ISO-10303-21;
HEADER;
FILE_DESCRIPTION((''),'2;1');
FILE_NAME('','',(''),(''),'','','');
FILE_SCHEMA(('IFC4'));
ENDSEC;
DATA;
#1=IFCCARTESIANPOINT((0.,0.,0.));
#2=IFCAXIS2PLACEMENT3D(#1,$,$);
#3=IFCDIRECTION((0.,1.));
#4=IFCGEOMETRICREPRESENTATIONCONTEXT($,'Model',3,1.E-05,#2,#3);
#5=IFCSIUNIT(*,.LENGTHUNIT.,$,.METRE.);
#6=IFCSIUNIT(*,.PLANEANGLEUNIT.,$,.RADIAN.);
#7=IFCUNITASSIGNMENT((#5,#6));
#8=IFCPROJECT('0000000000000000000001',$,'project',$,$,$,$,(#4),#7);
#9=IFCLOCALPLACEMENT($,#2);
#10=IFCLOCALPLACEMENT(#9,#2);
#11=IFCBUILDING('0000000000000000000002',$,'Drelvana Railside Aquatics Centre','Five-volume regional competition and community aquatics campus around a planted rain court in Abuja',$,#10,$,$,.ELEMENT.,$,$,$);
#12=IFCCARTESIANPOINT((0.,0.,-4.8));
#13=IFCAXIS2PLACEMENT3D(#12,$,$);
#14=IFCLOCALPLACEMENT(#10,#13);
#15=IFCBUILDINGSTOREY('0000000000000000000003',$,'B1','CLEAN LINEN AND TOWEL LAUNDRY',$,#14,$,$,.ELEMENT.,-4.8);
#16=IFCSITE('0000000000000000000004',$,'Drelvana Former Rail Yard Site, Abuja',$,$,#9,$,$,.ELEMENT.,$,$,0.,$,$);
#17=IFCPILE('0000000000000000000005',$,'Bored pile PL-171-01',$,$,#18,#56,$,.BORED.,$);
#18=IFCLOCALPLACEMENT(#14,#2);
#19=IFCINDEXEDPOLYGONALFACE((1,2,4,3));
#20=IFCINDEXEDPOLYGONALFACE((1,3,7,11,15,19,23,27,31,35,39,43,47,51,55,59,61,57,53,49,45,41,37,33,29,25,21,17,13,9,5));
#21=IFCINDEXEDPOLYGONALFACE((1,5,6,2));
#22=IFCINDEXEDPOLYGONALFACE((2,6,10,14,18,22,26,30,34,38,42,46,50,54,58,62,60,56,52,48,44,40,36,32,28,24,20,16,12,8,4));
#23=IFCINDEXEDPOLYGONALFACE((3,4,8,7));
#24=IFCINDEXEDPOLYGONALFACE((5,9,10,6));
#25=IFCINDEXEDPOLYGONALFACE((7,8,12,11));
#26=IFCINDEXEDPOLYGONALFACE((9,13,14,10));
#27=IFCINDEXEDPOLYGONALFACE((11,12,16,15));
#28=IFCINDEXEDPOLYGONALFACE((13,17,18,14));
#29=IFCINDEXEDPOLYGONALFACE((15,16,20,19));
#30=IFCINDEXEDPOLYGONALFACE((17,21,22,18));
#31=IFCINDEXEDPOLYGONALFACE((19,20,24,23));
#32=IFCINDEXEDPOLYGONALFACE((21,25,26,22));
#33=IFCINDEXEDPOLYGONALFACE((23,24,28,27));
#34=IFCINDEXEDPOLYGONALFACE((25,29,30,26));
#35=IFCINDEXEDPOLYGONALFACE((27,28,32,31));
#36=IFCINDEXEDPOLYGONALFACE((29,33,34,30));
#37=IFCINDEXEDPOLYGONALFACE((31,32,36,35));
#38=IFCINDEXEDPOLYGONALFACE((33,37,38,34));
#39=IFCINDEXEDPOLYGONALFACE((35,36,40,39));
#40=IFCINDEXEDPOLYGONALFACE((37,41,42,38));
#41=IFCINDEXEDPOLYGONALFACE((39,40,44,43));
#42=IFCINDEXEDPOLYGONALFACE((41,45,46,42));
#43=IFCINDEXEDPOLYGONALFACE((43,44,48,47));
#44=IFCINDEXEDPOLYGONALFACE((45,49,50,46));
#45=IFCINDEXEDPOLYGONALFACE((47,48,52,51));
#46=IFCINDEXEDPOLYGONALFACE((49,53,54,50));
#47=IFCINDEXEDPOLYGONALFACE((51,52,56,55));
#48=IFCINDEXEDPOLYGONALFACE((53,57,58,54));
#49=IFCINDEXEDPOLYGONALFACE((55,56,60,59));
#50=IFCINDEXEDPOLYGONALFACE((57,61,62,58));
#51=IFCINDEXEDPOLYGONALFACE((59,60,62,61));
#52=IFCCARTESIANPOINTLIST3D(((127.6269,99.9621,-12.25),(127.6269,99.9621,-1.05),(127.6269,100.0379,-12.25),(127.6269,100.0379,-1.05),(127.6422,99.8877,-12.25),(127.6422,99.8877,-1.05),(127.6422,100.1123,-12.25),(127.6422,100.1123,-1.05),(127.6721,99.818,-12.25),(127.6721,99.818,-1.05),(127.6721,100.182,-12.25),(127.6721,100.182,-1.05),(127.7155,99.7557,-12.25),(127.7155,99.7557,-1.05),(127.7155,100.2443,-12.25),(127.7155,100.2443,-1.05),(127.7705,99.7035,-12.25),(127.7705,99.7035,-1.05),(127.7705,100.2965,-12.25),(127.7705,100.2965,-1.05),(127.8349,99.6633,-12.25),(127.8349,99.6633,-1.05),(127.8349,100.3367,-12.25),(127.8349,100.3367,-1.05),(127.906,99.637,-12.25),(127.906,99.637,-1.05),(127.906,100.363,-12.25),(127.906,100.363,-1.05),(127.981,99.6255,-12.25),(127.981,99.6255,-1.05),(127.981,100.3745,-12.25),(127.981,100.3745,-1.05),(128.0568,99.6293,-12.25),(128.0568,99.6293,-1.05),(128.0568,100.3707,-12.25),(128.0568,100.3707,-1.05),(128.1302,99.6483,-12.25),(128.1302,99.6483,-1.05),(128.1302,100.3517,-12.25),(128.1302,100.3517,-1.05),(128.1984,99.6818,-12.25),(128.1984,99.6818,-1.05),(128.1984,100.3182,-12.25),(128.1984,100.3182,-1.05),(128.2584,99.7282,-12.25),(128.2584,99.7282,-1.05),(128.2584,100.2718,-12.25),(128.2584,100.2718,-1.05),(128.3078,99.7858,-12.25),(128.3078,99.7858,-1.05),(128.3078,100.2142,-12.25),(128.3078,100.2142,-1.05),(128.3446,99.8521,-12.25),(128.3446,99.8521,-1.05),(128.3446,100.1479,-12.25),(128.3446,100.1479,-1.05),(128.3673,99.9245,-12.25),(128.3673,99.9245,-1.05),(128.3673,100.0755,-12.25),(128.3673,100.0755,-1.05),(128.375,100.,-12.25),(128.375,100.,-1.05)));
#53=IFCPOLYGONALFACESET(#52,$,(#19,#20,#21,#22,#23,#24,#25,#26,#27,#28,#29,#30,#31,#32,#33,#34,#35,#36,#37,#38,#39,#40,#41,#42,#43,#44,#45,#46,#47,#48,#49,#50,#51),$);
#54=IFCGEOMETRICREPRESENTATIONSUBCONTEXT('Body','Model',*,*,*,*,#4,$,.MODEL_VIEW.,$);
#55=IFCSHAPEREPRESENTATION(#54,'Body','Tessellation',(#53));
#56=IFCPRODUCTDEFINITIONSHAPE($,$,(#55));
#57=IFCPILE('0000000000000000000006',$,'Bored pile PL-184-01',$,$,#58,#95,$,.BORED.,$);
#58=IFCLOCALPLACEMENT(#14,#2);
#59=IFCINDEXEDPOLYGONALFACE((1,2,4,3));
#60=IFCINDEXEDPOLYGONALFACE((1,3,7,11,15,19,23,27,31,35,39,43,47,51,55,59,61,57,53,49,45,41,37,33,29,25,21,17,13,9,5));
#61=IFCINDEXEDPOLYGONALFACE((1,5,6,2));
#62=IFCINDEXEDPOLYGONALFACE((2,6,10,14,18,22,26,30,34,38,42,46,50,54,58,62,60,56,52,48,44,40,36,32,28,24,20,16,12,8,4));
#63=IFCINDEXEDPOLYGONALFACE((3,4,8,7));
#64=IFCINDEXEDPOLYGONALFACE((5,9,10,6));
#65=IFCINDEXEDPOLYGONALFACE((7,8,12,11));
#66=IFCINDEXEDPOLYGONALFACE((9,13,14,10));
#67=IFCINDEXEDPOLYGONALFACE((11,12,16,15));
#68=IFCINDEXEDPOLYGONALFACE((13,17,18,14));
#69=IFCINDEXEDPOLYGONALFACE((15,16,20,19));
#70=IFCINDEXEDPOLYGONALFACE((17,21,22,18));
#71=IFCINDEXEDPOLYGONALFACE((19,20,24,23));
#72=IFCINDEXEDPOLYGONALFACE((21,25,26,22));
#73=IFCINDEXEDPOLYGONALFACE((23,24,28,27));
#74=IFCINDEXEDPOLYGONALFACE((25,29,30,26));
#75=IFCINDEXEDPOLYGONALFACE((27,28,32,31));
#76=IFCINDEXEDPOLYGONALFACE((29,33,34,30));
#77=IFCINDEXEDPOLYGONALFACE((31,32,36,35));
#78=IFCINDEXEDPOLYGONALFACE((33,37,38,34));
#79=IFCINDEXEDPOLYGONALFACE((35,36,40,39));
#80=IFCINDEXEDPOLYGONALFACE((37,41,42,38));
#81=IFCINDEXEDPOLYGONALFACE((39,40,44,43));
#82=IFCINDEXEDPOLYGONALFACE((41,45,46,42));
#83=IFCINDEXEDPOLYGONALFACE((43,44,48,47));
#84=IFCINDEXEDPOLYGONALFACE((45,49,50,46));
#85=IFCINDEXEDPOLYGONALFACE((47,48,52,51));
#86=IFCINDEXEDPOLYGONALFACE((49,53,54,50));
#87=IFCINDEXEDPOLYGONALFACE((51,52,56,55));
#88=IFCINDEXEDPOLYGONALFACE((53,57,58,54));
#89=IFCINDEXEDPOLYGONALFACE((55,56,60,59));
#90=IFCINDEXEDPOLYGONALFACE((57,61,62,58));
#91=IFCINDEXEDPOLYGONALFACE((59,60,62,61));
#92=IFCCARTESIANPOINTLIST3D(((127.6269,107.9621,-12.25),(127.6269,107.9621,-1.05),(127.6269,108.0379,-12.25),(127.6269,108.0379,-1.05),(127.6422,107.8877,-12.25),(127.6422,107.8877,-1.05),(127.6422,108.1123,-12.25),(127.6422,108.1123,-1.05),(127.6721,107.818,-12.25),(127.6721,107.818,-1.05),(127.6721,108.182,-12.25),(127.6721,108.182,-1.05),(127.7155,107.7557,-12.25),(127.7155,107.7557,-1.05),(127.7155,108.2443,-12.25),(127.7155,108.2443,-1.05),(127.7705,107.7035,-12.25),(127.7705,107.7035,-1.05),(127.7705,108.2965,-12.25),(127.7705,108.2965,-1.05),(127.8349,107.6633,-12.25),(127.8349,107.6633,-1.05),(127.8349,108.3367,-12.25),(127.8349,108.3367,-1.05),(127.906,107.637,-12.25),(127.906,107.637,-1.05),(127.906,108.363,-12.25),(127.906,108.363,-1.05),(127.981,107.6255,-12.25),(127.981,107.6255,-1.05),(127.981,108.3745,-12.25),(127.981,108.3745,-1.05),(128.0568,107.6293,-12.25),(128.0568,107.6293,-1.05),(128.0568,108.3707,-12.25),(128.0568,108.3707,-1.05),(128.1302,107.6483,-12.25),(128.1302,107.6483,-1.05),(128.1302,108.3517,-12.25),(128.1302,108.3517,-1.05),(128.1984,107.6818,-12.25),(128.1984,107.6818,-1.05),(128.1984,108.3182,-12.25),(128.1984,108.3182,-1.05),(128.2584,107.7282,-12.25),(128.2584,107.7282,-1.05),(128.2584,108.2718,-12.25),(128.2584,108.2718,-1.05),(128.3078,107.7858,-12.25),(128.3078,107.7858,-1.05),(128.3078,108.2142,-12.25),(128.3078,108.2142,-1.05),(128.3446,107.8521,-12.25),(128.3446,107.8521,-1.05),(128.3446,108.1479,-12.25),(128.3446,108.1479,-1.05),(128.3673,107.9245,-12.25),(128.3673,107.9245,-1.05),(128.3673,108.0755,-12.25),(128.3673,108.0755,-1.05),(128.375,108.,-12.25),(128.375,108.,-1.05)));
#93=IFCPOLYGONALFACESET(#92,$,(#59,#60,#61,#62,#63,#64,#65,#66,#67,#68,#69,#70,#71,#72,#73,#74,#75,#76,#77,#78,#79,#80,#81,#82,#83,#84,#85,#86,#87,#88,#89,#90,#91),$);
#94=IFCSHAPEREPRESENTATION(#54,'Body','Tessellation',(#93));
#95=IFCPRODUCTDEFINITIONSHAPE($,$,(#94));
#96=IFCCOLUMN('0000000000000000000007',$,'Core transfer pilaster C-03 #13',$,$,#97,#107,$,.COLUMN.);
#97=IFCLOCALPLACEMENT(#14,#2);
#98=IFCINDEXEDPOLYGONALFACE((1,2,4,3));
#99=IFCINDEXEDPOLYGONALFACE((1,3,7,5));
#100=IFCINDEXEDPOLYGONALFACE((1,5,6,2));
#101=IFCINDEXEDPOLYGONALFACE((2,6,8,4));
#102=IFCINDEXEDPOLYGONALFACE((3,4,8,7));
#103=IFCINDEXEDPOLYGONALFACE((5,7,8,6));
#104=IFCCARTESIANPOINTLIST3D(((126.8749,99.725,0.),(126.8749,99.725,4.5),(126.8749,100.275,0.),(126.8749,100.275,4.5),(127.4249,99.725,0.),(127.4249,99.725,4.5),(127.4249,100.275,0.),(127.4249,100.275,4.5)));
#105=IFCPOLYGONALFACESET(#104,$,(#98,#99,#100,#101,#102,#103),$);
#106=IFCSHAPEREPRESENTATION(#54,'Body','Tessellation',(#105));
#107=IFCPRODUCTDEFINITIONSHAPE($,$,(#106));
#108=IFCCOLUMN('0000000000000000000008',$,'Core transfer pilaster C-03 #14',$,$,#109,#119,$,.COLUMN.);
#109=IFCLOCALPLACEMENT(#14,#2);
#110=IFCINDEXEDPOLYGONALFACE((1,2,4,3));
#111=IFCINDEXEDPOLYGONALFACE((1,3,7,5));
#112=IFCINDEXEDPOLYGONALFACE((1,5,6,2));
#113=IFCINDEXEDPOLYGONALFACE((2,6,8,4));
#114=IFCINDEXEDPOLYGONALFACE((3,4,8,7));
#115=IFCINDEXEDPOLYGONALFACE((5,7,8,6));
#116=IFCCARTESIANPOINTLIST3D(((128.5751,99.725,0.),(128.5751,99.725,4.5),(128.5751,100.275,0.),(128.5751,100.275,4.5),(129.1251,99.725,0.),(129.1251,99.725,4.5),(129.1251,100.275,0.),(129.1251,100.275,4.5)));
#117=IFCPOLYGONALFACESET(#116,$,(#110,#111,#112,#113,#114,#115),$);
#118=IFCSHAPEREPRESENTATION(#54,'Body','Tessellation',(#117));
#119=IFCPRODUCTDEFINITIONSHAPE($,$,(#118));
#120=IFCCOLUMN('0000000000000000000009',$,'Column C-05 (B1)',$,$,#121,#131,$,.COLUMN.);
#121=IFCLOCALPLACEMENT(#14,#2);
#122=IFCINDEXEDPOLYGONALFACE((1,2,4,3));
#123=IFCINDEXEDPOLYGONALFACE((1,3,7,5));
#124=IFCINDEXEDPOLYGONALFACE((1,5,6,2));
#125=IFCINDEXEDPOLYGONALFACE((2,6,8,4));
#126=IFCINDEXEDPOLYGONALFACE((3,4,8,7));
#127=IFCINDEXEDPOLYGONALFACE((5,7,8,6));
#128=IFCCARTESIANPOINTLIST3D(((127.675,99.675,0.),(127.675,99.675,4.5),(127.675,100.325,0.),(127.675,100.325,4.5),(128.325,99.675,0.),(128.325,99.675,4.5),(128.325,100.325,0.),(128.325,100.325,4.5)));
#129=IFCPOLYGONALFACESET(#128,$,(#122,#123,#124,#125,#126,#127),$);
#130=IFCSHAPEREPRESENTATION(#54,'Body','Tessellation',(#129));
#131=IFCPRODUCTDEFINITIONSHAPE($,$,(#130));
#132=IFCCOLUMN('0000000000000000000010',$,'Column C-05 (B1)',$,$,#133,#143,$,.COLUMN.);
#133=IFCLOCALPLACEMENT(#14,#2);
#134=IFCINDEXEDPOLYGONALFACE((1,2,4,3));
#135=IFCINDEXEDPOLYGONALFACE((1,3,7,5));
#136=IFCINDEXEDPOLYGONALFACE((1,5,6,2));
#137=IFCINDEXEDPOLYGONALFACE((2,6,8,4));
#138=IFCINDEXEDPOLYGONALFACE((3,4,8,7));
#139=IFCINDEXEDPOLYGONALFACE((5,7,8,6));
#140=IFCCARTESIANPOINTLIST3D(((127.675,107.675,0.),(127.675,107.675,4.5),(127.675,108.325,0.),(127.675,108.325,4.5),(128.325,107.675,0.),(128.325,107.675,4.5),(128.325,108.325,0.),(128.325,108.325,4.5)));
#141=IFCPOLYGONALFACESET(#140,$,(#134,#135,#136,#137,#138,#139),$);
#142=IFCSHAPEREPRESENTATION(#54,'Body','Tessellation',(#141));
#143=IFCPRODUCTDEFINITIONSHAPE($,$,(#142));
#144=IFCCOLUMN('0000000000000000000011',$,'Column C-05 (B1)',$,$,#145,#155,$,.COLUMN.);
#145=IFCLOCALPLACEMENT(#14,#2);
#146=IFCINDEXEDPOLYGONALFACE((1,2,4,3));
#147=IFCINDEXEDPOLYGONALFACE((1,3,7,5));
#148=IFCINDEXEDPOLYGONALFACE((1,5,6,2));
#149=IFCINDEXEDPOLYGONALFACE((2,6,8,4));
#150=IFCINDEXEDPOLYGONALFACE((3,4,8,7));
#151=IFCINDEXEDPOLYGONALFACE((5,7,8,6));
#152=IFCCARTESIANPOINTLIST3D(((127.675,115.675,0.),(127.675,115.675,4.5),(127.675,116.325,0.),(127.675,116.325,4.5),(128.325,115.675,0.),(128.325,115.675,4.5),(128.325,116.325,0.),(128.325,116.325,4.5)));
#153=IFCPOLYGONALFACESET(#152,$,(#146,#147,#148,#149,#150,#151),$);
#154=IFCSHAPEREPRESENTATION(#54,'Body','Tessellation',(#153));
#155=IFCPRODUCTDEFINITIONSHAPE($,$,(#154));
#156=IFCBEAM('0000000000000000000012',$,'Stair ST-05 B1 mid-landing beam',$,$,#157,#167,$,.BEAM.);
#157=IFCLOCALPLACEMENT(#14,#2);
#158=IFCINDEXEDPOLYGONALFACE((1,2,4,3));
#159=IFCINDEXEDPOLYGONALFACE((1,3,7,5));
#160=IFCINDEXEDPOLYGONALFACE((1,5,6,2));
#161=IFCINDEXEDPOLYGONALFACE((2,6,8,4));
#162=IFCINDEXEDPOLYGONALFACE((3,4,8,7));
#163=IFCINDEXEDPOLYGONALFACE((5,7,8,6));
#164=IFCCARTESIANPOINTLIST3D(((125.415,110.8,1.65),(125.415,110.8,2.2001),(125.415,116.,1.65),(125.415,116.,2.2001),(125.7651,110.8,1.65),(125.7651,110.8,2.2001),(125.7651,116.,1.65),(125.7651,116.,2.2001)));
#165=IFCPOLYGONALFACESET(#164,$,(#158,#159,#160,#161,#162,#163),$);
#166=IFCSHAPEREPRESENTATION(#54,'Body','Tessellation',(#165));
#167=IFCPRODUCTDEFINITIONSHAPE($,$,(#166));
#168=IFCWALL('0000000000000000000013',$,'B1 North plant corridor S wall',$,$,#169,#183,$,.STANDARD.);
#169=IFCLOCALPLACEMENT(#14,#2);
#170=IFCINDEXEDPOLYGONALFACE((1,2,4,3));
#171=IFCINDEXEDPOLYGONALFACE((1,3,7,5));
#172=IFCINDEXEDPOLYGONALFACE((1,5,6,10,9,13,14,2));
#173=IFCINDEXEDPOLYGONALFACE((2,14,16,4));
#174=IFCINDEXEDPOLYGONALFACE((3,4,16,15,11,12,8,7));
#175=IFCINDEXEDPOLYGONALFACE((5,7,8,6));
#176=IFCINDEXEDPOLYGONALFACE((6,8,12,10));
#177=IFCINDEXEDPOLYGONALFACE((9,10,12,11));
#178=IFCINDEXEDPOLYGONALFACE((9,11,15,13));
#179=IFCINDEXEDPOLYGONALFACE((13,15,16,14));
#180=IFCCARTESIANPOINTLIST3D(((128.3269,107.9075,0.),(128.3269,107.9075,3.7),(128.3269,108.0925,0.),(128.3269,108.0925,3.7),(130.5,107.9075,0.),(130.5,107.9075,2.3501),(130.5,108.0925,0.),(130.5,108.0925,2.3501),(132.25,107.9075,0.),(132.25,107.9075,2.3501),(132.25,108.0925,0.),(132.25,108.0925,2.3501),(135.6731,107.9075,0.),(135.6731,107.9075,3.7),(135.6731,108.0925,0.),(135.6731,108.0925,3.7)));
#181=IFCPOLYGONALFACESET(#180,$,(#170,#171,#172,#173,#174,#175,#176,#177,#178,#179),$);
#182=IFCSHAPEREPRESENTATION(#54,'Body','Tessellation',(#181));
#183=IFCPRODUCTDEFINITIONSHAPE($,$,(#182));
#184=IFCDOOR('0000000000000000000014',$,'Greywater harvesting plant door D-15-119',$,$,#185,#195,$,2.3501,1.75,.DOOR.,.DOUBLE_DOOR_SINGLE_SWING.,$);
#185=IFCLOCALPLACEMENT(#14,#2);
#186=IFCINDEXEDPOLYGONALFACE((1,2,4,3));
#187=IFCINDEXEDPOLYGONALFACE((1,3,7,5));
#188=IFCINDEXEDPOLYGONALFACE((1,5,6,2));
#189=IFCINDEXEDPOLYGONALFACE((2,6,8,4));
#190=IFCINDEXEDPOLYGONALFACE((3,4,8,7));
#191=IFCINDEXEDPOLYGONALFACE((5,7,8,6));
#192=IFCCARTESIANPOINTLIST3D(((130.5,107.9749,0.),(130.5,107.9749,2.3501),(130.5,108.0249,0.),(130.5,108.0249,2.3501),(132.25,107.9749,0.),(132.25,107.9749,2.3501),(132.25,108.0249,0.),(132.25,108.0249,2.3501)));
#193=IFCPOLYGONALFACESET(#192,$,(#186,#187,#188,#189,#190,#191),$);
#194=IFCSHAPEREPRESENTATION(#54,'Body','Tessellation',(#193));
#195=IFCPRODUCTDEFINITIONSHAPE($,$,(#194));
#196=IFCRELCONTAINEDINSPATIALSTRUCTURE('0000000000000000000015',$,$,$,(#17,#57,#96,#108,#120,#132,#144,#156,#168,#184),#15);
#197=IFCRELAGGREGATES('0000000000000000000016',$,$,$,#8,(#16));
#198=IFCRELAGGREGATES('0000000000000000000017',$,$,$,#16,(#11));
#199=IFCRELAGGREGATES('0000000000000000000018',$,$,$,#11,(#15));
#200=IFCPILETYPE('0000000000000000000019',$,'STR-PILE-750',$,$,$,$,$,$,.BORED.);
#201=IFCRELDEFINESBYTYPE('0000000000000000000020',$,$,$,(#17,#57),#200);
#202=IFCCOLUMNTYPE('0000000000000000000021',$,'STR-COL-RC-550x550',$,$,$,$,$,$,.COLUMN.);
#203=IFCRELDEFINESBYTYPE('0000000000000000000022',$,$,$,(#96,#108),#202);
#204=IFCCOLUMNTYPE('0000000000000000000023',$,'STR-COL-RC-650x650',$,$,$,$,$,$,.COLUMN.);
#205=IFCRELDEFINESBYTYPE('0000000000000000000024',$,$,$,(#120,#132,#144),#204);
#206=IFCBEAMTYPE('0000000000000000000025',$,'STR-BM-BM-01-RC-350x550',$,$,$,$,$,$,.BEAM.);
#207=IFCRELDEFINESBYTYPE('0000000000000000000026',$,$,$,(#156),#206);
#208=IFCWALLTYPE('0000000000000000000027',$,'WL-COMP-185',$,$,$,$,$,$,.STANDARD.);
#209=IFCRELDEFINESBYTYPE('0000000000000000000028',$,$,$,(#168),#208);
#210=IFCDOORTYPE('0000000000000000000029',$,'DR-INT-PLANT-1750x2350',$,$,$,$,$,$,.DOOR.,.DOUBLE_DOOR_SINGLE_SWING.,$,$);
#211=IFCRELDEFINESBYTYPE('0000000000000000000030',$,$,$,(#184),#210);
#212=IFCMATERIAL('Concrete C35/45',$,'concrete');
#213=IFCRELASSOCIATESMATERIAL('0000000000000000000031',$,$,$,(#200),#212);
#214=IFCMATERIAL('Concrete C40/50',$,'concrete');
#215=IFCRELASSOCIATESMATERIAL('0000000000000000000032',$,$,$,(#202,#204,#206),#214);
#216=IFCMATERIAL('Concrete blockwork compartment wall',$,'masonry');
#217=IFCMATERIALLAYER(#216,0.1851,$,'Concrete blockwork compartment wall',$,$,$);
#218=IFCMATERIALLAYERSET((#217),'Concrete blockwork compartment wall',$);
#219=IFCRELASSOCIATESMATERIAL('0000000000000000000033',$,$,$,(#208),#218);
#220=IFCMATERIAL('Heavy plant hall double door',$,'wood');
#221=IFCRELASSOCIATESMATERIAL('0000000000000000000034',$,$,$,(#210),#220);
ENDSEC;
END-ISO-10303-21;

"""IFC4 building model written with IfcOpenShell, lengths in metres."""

from ifc_helpers import new_model, si_unit, direction, frame, frame_2d, origin, origin_2d, place, context, subcontext, project, spatial, rectangle, circle, extrude, material, layer, layer_set, material_profile, profile_set, type_object, element, fill, save


model = new_model("IFC4")

# Units and contexts
model_context = context("Model", 3, precision=1e-05, world=origin(), true_north=direction((0.0, 1.0)))
body_context = subcontext(model_context, "Body", "Model", "MODEL_VIEW")
ifc_project = project(units=[si_unit("LENGTHUNIT", "METRE"), si_unit("PLANEANGLEUNIT", "RADIAN")], contexts=[model_context])

# Site, building, storey
site_placement = place(None, origin())
site = spatial("IfcSite", under=ifc_project, at=site_placement, Name="Drelvana Former Rail Yard Site, Abuja", CompositionType="ELEMENT", RefElevation=0.0)
building_placement = place(site_placement, origin())
building = spatial("IfcBuilding", under=site, at=building_placement, Name="Drelvana Railside Aquatics Centre", Description="Five-volume regional competition and community aquatics campus around a planted rain court in Abuja", CompositionType="ELEMENT")
storey_placement = place(building_placement, frame((0.0, 0.0, -4.8)))
storey = spatial("IfcBuildingStorey", under=building, at=storey_placement, Name="B1", Description="CLEAN LINEN AND TOWEL LAUNDRY", CompositionType="ELEMENT", Elevation=-4.8)

# Shared definitions
ifc_material_1 = material(Name="Concrete C35/45", Category="concrete")

# Piles
ifc_material_profile_1 = material_profile(ifc_material_1, circle(Radius=0.375, at=origin_2d()), Name="PILE D750")
ifc_profile_set_1 = profile_set([ifc_material_profile_1], Name="Concrete C35/45")
pile_type_1 = type_object("IfcPileType", Name="STR-PILE-750", PredefinedType="BORED", material=ifc_profile_set_1)
for number, where, z_axis, x_axis, name in (
    (1, (128.0, 100.0, -1.05), (0.0, 0.0, -1.0), (1.0, 0.0, 0.0), "Bored pile PL-171-01"),
    (2, (128.0, 108.0, -1.05), (0.0, 0.0, -1.0), (1.0, 0.0, 0.0), "Bored pile PL-184-01"),
):
    element("IfcPile", number, at=place(storey_placement, frame(where, z_axis=z_axis, x_axis=x_axis)), inside=storey, type_object=pile_type_1, Name=name, PredefinedType="BORED", context=body_context, shape_type="SweptSolid", body=[
        extrude(circle(Radius=0.375, at=origin_2d()), origin(), (0.0, 0.0, 1.0), 11.2),
    ])

# Columns
ifc_material_2 = material(Name="Concrete C40/50", Category="concrete")
ifc_material_profile_2 = material_profile(ifc_material_2, rectangle(XDim=0.55, YDim=0.55, at=origin_2d()), Name="RC 550x550")
ifc_profile_set_2 = profile_set([ifc_material_profile_2], Name="Concrete C40/50")
column_type_1 = type_object("IfcColumnType", Name="STR-COL-RC-550x550", PredefinedType="COLUMN", material=ifc_profile_set_2)
for number, where, z_axis, x_axis, name in (
    (3, (127.1499, 100.0, 0.0), (0.0, 0.0, 1.0), (1.0, 0.0, 0.0), "Core transfer pilaster C-03 #13"),
    (4, (128.8501, 100.0, 0.0), (0.0, 0.0, 1.0), (1.0, 0.0, 0.0), "Core transfer pilaster C-03 #14"),
):
    element("IfcColumn", number, at=place(storey_placement, frame(where, z_axis=z_axis, x_axis=x_axis)), inside=storey, type_object=column_type_1, Name=name, PredefinedType="COLUMN", context=body_context, shape_type="SweptSolid", body=[
        extrude(rectangle(XDim=0.55, YDim=0.55, at=origin_2d()), origin(), (0.0, 0.0, 1.0), 4.5),
    ])
ifc_material_profile_3 = material_profile(ifc_material_2, rectangle(XDim=0.6499, YDim=0.6499, at=origin_2d()), Name="RC 650x650")
ifc_profile_set_3 = profile_set([ifc_material_profile_3], Name="Concrete C40/50")
column_type_2 = type_object("IfcColumnType", Name="STR-COL-RC-650x650", PredefinedType="COLUMN", material=ifc_profile_set_3)
for number, where, z_axis, x_axis, name in (
    (5, (128.0, 100.0, 0.0), (0.0, 0.0, 1.0), (1.0, 0.0, 0.0), "Column C-05 (B1)"),
    (6, (128.0, 108.0, 0.0), (0.0, 0.0, 1.0), (1.0, 0.0, 0.0), "Column C-05 (B1)"),
    (7, (128.0, 116.0, 0.0), (0.0, 0.0, 1.0), (1.0, 0.0, 0.0), "Column C-05 (B1)"),
):
    element("IfcColumn", number, at=place(storey_placement, frame(where, z_axis=z_axis, x_axis=x_axis)), inside=storey, type_object=column_type_2, Name=name, PredefinedType="COLUMN", context=body_context, shape_type="SweptSolid", body=[
        extrude(rectangle(XDim=0.6499, YDim=0.6499, at=origin_2d()), origin(), (0.0, 0.0, 1.0), 4.5),
    ])

# Beam
ifc_material_profile_4 = material_profile(ifc_material_2, rectangle(XDim=0.3501, YDim=0.55, at=origin_2d()), Name="RC 350x550")
ifc_profile_set_4 = profile_set([ifc_material_profile_4], Name="Concrete C40/50")
beam_type = type_object("IfcBeamType", Name="STR-BM-BM-01-RC-350x550", PredefinedType="BEAM", material=ifc_profile_set_4)
beam_placement = place(storey_placement, frame((125.5901, 110.8, 1.925), z_axis=(0.0, 1.0, 0.0), x_axis=(-1.0, 0.0, 0.0)))
element("IfcBeam", 8, at=beam_placement, inside=storey, type_object=beam_type, Name="Stair ST-05 B1 mid-landing beam", PredefinedType="BEAM", context=body_context, shape_type="SweptSolid", body=[
    extrude(rectangle(XDim=0.3501, YDim=0.55, at=origin_2d()), origin(), (0.0, 0.0, 1.0), 5.2),
])

# Wall, opening, door
ifc_material_3 = material(Name="Concrete blockwork compartment wall", Category="masonry")
ifc_layer_1 = layer(ifc_material_3, 0.1851, Name="Concrete blockwork compartment wall")
ifc_layer_set_1 = layer_set([ifc_layer_1], Name="Concrete blockwork compartment wall")
wall_type_1 = type_object("IfcWallType", Name="WL-COMP-185", PredefinedType="STANDARD", material=ifc_layer_set_1)
wall_1_placement = place(storey_placement, frame((128.3269, 108.0, 0.0), z_axis=(0.0, 0.0, 1.0), x_axis=(1.0, 0.0, 0.0)))
wall_1 = element("IfcWall", 9, at=wall_1_placement, inside=storey, type_object=wall_type_1, Name="B1 North plant corridor S wall", PredefinedType="STANDARD", context=body_context, shape_type="SweptSolid", body=[
    extrude(rectangle(XDim=7.3462, YDim=0.1851, at=frame_2d((3.6731, 0.0))), origin(), (0.0, 0.0, 1.0), 3.7),
])
opening_1_placement = place(wall_1_placement, frame((2.1731, 0.0, 0.0)))
opening_1 = element("IfcOpeningElement", 10, at=opening_1_placement, cuts=wall_1, PredefinedType="OPENING", context=body_context, shape_type="SweptSolid", body=[
    extrude(rectangle(XDim=1.75, YDim=2.3501, at=frame_2d((0.875, 1.175))), frame((0.0, 0.1025, 0.0), z_axis=(0.0, -1.0, 0.0), x_axis=(1.0, 0.0, 0.0)), (0.0, 0.0, 1.0), 0.2051),
])
ifc_material_4 = material(Name="Heavy plant hall double door", Category="wood")
door_type_1 = type_object("IfcDoorType", Name="DR-INT-PLANT-1750x2350", OperationType="DOUBLE_DOOR_SINGLE_SWING", PredefinedType="DOOR", material=ifc_material_4)
door_1_placement = place(opening_1_placement, origin())
door_1 = element("IfcDoor", 11, at=door_1_placement, inside=storey, type_object=door_type_1, Name="Greywater harvesting plant door D-15-119", OperationType="DOUBLE_DOOR_SINGLE_SWING", OverallHeight=2.3501, OverallWidth=1.75, PredefinedType="DOOR", context=body_context, shape_type="SweptSolid", body=[
    extrude(rectangle(XDim=1.75, YDim=2.3501, at=frame_2d((0.875, 1.175))), frame((0.0, 0.0249, 0.0), z_axis=(0.0, -1.0, 0.0), x_axis=(1.0, 0.0, 0.0)), (0.0, 0.0, 1.0), 0.05),
])
fill(opening_1, door_1)

save(model, "model.ifc")
